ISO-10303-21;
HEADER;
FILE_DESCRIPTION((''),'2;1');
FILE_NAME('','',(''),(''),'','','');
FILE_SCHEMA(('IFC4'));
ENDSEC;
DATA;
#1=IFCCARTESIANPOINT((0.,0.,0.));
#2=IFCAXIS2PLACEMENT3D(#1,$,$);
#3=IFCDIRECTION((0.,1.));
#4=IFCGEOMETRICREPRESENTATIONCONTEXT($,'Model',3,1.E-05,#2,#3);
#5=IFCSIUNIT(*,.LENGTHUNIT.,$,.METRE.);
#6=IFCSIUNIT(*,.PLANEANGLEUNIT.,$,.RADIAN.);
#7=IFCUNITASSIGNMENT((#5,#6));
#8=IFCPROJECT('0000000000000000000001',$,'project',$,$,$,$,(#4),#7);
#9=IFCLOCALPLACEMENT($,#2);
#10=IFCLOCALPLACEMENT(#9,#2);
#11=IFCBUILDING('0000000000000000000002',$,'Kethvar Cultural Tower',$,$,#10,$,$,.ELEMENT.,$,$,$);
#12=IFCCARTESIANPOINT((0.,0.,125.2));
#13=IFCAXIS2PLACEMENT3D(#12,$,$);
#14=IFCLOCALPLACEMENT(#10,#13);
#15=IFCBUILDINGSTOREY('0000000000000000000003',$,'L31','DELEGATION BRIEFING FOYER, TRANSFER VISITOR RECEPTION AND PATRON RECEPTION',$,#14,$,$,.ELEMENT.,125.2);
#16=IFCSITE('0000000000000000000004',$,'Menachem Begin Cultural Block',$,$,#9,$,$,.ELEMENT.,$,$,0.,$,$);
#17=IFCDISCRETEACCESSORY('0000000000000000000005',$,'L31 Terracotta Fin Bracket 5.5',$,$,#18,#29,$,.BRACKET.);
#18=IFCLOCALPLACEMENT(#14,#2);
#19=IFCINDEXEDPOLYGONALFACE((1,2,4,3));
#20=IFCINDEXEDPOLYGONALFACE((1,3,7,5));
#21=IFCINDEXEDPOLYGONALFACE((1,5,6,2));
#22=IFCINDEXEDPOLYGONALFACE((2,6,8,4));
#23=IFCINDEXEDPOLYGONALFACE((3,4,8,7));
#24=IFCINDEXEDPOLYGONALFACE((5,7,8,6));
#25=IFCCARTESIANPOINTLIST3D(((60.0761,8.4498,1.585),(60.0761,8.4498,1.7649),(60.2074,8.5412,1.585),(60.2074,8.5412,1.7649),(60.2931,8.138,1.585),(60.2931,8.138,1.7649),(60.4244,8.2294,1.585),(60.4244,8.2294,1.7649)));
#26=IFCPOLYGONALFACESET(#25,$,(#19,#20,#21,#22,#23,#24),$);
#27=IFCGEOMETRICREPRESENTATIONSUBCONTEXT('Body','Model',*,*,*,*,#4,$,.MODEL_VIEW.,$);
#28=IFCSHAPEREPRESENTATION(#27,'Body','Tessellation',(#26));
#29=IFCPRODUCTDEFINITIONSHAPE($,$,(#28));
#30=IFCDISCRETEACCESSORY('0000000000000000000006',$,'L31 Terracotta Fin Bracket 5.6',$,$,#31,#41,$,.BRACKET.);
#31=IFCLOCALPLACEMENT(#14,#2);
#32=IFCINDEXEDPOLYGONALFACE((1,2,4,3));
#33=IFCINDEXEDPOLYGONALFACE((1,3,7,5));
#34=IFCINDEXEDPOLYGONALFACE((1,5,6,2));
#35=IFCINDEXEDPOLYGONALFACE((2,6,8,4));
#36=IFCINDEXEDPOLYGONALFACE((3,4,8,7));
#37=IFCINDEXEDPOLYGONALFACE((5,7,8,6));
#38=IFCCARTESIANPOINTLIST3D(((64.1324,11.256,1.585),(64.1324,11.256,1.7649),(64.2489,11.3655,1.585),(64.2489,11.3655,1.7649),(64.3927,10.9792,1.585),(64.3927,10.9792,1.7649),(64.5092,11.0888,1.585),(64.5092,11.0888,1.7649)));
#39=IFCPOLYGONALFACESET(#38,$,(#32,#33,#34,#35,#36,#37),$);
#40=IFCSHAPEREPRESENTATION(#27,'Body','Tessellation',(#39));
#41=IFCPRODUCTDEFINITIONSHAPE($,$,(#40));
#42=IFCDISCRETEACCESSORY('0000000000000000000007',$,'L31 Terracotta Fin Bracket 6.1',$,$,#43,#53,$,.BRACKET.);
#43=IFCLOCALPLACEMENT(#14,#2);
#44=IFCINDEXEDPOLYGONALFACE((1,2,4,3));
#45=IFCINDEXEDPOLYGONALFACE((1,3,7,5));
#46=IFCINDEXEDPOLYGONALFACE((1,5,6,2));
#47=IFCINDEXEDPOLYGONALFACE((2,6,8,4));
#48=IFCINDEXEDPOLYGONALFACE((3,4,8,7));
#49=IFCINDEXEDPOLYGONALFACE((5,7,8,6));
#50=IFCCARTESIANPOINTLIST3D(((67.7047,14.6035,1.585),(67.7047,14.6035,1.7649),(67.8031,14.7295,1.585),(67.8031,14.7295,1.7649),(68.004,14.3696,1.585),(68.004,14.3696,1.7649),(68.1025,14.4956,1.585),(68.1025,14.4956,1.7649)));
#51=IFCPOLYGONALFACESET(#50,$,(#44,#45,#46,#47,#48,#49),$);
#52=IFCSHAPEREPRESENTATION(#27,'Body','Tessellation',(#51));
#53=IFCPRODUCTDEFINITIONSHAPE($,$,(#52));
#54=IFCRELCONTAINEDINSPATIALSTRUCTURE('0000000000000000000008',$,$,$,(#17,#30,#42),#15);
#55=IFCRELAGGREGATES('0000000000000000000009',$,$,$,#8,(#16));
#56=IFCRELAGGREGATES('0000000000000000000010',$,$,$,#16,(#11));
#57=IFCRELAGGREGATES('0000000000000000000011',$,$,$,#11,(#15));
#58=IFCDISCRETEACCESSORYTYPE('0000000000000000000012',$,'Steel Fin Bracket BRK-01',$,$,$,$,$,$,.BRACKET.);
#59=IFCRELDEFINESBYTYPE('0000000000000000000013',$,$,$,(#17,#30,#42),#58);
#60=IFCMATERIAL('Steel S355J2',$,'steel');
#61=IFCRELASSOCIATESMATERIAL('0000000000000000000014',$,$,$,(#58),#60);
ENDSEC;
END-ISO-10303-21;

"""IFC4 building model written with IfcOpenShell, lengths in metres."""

from ifc_helpers import new_model, si_unit, direction, frame, origin, origin_2d, place, context, subcontext, project, spatial, rectangle, extrude, source, transform, mapped, material, type_object, element, save


model = new_model("IFC4")

# Units and contexts
model_context = context("Model", 3, precision=1e-05, world=origin(), true_north=direction((0.0, 1.0)))
body_context = subcontext(model_context, "Body", "Model", "MODEL_VIEW")
ifc_project = project(units=[si_unit("LENGTHUNIT", "METRE"), si_unit("PLANEANGLEUNIT", "RADIAN")], contexts=[model_context])

# Site, building, storey
site_placement = place(None, origin())
site = spatial("IfcSite", under=ifc_project, at=site_placement, Name="Menachem Begin Cultural Block", CompositionType="ELEMENT", RefElevation=0.0)
building_placement = place(site_placement, origin())
building = spatial("IfcBuilding", under=site, at=building_placement, Name="Kethvar Cultural Tower", CompositionType="ELEMENT")
storey_placement = place(building_placement, frame((0.0, 0.0, 125.2)))
storey = spatial("IfcBuildingStorey", under=building, at=storey_placement, Name="L31", Description="DELEGATION BRIEFING FOYER, TRANSFER VISITOR RECEPTION AND PATRON RECEPTION", CompositionType="ELEMENT", Elevation=125.2)

# Shared definitions
ifc_material_1 = material(Name="Steel S355J2", Category="steel")

# Discrete accessories
discrete_accessory_type = type_object("IfcDiscreteAccessoryType", Name="Steel Fin Bracket BRK-01", PredefinedType="BRACKET", material=ifc_material_1)
shared_shape_1 = source(origin(), body_context, "Body", "SweptSolid", [
    extrude(rectangle(XDim=0.3799, YDim=0.1599, at=origin_2d()), origin(), (0.0, 0.0, 1.0), 0.1799),
])
for number, where, z_axis, x_axis, name in (
    (1, (60.2502, 8.3396, 1.585), (0.0, 0.0, 1.0), (0.571143, -0.82085, 0.0), "L31 Terracotta Fin Bracket 5.5"),
    (2, (64.3208, 11.1724, 1.585), (0.0, 0.0, 1.0), (0.685056, -0.728491, 0.0), "L31 Terracotta Fin Bracket 5.6"),
    (3, (67.9036, 14.5496, 1.585), (0.0, 0.0, 1.0), (0.787903, -0.615799, 0.0), "L31 Terracotta Fin Bracket 6.1"),
):
    element("IfcDiscreteAccessory", number, at=place(storey_placement, frame(where, z_axis=z_axis, x_axis=x_axis)), inside=storey, type_object=discrete_accessory_type, Name=name, PredefinedType="BRACKET", context=body_context, shape_type="MappedRepresentation", body=[
        mapped(shared_shape_1, transform((0.0, 0.0, 0.0), scale=1.0)),
    ])

save(model, "model.ifc")
